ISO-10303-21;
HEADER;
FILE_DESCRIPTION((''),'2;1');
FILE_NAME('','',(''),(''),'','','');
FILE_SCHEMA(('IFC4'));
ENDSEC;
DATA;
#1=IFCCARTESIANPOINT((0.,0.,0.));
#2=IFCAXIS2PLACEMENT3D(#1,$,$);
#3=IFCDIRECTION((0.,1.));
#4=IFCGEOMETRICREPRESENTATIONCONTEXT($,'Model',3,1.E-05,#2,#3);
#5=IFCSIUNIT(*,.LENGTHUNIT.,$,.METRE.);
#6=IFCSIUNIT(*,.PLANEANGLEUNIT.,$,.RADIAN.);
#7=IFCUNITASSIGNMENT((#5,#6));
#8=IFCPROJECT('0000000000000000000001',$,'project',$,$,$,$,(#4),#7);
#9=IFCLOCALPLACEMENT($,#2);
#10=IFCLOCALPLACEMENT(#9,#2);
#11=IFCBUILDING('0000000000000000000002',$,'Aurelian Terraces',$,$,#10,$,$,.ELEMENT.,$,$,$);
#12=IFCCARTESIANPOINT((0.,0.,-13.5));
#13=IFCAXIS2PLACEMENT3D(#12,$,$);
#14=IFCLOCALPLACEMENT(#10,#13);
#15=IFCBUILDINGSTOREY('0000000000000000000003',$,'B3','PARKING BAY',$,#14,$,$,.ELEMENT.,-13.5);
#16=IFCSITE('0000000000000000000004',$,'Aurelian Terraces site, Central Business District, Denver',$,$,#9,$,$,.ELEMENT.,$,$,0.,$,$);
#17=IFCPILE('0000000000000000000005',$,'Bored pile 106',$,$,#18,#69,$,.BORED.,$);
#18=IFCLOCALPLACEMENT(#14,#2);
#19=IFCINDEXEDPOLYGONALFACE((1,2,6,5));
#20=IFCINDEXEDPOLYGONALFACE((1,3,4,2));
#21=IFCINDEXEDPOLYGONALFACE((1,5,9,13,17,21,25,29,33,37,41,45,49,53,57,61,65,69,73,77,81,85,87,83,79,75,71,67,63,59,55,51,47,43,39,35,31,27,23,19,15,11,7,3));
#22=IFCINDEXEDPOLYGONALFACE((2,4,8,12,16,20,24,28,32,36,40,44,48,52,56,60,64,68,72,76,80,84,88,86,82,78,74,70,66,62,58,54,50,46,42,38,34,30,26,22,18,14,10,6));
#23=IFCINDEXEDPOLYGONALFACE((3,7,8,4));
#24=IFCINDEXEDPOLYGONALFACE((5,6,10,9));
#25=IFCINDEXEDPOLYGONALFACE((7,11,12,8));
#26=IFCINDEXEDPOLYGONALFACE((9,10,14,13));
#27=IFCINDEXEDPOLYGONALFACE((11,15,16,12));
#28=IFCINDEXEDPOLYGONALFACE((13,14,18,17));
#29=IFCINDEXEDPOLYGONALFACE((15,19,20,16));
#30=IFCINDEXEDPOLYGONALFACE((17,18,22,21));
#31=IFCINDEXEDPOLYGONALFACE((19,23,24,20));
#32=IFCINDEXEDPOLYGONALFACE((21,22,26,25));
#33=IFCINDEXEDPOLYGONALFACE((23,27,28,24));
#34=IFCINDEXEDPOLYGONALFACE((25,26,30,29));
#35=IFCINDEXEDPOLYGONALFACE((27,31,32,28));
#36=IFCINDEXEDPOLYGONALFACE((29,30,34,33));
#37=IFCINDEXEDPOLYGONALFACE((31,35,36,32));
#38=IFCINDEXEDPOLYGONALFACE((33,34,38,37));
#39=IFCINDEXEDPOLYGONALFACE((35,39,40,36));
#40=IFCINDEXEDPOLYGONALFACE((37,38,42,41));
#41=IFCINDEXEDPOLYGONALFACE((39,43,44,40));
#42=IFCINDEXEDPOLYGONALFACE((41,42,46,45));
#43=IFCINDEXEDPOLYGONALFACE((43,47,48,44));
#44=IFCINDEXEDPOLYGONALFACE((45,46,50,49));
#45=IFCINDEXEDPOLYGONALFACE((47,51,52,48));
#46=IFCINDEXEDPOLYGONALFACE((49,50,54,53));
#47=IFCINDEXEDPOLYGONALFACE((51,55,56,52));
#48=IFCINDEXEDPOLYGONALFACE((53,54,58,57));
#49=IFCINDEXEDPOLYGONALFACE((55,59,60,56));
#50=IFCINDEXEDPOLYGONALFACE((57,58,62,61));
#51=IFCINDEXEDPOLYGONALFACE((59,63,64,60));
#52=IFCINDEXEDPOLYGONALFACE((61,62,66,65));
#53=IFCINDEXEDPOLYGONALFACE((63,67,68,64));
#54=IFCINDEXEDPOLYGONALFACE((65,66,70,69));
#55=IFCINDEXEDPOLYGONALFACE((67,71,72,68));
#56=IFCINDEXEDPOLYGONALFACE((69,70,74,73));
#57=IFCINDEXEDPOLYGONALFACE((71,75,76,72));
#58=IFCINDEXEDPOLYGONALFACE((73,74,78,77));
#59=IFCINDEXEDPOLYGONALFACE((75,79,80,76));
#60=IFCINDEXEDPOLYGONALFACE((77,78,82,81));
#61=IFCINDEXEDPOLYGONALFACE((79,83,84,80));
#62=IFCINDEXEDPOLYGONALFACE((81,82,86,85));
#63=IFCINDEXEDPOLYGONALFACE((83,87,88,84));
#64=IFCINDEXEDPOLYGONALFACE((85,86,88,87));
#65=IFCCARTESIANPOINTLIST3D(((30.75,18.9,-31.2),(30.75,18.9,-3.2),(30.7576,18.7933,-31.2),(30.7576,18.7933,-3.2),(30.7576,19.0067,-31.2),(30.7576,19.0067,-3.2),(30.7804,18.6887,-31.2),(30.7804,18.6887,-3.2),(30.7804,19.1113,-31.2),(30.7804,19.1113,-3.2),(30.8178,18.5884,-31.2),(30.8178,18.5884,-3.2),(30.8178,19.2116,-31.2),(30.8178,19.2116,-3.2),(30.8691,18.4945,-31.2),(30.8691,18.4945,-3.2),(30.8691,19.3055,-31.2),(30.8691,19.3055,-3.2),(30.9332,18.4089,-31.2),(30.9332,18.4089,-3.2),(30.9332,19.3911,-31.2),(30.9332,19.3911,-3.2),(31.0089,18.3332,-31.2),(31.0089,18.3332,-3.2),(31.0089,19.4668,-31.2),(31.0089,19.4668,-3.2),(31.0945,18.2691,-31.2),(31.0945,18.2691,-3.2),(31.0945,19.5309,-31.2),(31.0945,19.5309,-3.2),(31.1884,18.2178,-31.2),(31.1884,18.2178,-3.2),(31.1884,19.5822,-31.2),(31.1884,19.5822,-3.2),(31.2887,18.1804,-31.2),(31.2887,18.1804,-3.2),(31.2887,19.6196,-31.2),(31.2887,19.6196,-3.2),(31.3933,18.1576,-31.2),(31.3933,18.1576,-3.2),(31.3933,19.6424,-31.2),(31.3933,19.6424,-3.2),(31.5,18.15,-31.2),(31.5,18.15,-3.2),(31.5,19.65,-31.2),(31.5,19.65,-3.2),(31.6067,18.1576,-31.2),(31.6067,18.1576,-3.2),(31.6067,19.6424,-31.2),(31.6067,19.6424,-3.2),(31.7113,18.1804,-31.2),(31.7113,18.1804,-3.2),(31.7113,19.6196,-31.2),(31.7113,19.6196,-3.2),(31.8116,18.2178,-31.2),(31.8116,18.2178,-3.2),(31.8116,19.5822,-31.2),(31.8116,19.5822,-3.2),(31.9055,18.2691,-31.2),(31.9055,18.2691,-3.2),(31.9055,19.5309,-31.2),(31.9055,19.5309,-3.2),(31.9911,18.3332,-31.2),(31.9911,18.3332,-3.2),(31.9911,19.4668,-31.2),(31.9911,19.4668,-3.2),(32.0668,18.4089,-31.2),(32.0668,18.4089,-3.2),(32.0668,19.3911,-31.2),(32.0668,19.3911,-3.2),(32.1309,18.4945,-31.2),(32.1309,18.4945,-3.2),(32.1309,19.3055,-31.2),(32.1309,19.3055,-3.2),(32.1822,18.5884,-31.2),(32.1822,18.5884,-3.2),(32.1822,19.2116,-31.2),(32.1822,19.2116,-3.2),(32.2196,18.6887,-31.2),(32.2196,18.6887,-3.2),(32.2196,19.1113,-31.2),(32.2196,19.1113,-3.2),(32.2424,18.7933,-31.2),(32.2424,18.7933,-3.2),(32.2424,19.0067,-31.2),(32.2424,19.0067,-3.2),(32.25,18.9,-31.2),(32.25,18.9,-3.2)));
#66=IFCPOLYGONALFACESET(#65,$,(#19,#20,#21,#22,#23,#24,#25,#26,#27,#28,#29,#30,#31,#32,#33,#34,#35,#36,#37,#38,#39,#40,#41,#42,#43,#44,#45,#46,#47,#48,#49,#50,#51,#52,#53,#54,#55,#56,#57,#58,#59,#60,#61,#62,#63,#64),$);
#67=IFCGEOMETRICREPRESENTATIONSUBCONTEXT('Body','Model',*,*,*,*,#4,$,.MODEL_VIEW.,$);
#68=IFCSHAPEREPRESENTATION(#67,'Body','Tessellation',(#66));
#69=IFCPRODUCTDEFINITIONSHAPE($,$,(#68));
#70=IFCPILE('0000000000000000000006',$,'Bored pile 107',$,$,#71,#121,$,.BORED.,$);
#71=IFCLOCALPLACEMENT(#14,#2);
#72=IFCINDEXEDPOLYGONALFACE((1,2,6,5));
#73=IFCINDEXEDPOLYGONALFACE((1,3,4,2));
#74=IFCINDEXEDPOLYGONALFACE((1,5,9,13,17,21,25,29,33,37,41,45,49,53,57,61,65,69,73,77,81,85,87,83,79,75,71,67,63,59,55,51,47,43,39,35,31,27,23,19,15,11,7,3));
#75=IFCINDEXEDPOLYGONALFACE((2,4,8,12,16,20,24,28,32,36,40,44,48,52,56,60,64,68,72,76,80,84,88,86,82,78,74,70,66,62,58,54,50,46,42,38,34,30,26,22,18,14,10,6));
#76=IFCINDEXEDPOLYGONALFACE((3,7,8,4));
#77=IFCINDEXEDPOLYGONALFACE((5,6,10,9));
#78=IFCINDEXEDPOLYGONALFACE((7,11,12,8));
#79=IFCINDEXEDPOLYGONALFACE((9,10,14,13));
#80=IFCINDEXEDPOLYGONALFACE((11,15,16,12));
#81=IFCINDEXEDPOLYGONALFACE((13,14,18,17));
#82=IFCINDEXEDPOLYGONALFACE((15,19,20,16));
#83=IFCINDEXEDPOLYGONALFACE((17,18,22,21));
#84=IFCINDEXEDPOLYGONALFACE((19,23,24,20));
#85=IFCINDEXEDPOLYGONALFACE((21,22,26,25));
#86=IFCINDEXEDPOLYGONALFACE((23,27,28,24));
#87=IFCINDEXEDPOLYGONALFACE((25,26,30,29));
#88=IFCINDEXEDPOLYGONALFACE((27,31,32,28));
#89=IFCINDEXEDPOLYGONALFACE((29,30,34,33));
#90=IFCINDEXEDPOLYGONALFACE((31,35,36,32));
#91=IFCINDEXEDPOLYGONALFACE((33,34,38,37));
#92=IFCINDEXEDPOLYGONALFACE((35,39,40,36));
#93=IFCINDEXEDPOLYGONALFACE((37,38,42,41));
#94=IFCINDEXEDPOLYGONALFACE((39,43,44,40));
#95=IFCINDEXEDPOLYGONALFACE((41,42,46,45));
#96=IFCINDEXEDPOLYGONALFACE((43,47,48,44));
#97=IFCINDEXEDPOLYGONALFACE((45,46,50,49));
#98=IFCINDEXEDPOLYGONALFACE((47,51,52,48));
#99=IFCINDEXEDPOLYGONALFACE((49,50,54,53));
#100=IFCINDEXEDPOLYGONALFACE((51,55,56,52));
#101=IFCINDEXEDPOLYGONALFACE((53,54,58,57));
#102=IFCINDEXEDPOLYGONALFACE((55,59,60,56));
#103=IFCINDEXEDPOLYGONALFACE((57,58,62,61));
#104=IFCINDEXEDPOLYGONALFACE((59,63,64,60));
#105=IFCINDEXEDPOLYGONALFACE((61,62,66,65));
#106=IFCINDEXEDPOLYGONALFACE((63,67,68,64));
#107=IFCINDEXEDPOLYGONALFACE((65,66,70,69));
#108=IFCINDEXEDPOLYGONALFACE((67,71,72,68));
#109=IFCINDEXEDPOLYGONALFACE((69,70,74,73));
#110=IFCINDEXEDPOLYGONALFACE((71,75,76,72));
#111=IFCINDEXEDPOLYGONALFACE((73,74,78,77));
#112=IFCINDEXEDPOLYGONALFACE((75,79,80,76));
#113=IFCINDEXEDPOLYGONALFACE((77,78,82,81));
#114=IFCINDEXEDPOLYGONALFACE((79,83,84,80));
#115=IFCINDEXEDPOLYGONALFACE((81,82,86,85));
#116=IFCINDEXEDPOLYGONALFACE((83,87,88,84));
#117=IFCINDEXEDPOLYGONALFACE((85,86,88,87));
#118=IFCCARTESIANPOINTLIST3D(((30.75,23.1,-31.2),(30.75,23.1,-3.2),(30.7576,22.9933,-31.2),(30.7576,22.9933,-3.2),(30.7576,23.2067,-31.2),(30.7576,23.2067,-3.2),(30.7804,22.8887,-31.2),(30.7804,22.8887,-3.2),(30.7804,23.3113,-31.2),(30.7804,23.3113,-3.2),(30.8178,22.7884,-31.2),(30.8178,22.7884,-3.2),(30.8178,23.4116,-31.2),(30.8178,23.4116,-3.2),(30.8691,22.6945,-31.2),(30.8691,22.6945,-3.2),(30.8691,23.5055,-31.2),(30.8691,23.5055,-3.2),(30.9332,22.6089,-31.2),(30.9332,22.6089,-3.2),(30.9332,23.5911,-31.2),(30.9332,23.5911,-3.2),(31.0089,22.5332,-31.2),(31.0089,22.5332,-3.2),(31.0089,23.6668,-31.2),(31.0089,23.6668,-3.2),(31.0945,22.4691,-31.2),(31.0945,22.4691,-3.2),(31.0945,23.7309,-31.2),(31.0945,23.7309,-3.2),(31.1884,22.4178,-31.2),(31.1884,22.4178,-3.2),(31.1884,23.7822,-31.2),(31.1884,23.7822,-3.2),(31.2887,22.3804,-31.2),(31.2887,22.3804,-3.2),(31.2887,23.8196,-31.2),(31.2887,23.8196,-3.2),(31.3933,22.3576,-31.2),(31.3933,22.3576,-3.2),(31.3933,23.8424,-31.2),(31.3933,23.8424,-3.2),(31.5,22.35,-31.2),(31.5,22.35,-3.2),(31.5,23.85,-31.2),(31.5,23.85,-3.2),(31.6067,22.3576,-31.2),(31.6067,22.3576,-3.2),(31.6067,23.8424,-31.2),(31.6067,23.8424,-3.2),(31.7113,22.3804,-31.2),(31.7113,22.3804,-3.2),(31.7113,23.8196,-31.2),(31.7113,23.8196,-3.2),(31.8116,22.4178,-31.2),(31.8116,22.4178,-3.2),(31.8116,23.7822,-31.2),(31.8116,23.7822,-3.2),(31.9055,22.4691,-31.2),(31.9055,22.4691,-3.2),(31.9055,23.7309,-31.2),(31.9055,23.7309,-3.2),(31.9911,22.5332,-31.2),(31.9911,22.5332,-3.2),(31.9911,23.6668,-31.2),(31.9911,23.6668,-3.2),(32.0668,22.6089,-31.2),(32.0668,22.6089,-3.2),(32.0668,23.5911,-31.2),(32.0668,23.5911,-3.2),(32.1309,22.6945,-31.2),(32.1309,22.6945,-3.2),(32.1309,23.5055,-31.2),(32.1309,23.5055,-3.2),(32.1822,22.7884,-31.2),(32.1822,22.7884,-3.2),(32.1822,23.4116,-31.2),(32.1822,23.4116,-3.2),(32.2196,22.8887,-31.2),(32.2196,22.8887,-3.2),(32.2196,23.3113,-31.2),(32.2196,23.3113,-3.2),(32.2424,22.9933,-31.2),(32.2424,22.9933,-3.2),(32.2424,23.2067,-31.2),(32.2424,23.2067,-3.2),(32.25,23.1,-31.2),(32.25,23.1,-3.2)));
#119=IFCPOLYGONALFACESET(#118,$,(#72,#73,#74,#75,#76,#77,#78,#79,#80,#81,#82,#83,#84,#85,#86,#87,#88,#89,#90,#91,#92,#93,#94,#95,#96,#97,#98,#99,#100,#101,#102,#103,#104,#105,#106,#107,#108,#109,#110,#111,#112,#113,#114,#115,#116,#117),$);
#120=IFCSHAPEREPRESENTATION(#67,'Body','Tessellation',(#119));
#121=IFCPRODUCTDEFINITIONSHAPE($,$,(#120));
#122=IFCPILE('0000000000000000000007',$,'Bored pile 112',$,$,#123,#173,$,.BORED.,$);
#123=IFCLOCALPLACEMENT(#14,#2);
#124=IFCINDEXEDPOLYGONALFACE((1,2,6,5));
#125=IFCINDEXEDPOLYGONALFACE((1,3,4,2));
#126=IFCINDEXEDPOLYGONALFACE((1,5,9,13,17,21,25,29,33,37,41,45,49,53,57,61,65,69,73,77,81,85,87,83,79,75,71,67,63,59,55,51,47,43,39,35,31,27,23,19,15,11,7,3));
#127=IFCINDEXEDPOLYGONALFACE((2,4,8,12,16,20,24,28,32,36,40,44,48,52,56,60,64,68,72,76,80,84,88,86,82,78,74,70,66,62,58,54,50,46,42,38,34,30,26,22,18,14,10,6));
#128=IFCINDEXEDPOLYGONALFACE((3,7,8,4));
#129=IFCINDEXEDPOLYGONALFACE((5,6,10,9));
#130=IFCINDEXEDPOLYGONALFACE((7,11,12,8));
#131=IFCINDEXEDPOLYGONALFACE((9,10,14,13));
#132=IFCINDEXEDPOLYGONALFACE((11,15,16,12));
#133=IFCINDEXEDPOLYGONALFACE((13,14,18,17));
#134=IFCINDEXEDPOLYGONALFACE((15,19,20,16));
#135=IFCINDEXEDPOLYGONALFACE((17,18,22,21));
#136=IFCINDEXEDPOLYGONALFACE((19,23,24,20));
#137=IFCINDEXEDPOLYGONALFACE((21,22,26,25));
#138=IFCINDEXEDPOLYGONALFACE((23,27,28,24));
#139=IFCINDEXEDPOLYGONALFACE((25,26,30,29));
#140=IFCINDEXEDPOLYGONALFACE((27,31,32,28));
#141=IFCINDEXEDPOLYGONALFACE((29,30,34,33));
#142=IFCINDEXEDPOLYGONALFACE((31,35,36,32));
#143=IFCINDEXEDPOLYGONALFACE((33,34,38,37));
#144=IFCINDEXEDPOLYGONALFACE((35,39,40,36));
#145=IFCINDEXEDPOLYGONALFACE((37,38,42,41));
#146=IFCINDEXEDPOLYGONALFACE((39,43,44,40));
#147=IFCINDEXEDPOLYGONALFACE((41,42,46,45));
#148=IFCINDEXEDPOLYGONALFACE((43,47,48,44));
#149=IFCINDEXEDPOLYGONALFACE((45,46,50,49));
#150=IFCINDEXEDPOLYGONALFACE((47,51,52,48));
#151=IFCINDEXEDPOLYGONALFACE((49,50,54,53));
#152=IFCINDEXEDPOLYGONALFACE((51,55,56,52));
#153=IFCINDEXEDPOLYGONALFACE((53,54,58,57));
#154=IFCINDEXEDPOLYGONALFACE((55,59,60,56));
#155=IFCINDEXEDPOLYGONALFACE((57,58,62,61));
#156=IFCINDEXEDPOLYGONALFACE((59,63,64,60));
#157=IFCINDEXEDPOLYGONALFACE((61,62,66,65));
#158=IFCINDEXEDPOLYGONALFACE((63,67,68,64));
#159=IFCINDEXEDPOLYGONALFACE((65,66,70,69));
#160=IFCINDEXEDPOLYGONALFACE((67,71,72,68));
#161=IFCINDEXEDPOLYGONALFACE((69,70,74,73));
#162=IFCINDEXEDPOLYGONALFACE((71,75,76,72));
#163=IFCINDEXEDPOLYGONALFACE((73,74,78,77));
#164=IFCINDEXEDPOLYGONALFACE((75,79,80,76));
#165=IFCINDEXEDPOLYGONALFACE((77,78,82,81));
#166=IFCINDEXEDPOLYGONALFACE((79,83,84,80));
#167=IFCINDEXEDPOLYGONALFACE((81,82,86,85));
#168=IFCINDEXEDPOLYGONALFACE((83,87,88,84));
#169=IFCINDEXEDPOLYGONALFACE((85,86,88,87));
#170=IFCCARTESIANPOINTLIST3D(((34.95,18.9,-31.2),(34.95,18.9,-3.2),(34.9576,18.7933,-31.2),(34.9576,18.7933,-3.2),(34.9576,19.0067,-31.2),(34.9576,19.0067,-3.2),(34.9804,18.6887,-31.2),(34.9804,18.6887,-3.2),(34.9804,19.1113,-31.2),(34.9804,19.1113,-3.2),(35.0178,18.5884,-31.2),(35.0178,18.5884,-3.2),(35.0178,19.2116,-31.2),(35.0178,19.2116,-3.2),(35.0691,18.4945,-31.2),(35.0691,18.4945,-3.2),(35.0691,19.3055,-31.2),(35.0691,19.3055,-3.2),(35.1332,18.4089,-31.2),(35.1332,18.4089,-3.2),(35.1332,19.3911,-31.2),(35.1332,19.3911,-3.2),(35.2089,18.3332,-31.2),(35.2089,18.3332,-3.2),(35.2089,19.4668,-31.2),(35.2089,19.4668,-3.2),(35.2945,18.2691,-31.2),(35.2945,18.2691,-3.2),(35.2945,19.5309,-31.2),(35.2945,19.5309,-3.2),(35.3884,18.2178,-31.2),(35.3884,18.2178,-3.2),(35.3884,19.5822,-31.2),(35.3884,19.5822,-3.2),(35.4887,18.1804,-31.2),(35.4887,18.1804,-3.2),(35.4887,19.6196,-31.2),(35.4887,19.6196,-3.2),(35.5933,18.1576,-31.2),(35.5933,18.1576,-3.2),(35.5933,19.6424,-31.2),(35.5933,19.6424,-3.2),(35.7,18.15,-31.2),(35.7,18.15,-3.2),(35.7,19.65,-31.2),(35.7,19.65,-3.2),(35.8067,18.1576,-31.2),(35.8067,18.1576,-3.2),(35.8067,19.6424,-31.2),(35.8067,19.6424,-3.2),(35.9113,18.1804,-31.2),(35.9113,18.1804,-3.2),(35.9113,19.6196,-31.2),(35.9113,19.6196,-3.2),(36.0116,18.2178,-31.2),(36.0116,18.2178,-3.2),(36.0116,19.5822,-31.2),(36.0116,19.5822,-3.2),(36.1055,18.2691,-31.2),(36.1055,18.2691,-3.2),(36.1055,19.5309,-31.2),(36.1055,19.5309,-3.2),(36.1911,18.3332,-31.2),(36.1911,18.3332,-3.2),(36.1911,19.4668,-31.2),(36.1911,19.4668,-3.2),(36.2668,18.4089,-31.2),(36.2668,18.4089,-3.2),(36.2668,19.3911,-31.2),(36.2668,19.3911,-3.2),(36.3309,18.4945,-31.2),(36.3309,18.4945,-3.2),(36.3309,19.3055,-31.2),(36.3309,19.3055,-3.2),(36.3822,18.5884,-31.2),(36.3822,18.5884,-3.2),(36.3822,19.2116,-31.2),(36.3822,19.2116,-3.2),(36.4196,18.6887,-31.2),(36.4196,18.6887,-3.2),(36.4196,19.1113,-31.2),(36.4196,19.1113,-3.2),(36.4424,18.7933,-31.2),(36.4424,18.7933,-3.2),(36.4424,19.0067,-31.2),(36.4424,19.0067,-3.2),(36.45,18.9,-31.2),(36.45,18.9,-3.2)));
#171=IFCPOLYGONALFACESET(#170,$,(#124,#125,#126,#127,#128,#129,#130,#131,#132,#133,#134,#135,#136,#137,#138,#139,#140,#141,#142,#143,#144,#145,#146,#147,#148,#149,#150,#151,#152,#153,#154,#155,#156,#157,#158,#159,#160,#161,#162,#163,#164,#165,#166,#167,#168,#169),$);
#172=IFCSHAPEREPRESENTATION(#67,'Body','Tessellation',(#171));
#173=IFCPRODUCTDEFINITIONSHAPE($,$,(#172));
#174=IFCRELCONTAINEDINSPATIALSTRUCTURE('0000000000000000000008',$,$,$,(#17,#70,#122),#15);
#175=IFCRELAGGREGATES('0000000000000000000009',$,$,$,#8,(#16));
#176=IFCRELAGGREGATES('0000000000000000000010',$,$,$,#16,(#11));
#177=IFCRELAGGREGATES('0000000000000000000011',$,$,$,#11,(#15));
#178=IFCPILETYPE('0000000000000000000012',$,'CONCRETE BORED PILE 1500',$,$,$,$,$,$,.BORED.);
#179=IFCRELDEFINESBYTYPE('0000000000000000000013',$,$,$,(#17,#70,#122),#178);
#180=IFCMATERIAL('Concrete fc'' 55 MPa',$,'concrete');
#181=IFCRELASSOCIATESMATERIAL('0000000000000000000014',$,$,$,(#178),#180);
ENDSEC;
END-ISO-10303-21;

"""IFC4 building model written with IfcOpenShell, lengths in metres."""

from ifc_helpers import new_model, si_unit, direction, frame, origin, origin_2d, place, context, subcontext, project, spatial, circle, extrude, source, transform, mapped, material, material_profile, profile_set, type_object, element, save


model = new_model("IFC4")

# Units and contexts
model_context = context("Model", 3, precision=1e-05, world=origin(), true_north=direction((0.0, 1.0)))
body_context = subcontext(model_context, "Body", "Model", "MODEL_VIEW")
ifc_project = project(units=[si_unit("LENGTHUNIT", "METRE"), si_unit("PLANEANGLEUNIT", "RADIAN")], contexts=[model_context])

# Site, building, storey
site_placement = place(None, origin())
site = spatial("IfcSite", under=ifc_project, at=site_placement, Name="Aurelian Terraces site, Central Business District, Denver", CompositionType="ELEMENT", RefElevation=0.0)
building_placement = place(site_placement, origin())
building = spatial("IfcBuilding", under=site, at=building_placement, Name="Aurelian Terraces", CompositionType="ELEMENT")
storey_placement = place(building_placement, frame((0.0, 0.0, -13.5)))
storey = spatial("IfcBuildingStorey", under=building, at=storey_placement, Name="B3", Description="PARKING BAY", CompositionType="ELEMENT", Elevation=-13.5)

# Piles
ifc_material_1 = material(Name="Concrete fc' 55 MPa", Category="concrete")
ifc_material_profile_1 = material_profile(ifc_material_1, circle(Radius=0.75, at=origin_2d()))
ifc_profile_set_1 = profile_set([ifc_material_profile_1], Name="Concrete fc' 55 MPa")
pile_type = type_object("IfcPileType", Name="CONCRETE BORED PILE 1500", PredefinedType="BORED", material=ifc_profile_set_1)
shared_shape_1 = source(origin(), body_context, "Body", "SweptSolid", [
    extrude(circle(Radius=0.75, at=origin_2d()), origin(), (0.0, 0.0, 1.0), 28.0),
])
for number, where, z_axis, x_axis, name in (
    (1, (31.5, 18.9, -3.2), (0.0, 0.0, -1.0), (1.0, 0.0, 0.0), "Bored pile 106"),
    (2, (31.5, 23.1, -3.2), (0.0, 0.0, -1.0), (1.0, 0.0, 0.0), "Bored pile 107"),
    (3, (35.7, 18.9, -3.2), (0.0, 0.0, -1.0), (1.0, 0.0, 0.0), "Bored pile 112"),
):
    element("IfcPile", number, at=place(storey_placement, frame(where, z_axis=z_axis, x_axis=x_axis)), inside=storey, type_object=pile_type, Name=name, PredefinedType="BORED", context=body_context, shape_type="MappedRepresentation", body=[
        mapped(shared_shape_1, transform((0.0, 0.0, 0.0), scale=1.0)),
    ])

save(model, "model.ifc")
